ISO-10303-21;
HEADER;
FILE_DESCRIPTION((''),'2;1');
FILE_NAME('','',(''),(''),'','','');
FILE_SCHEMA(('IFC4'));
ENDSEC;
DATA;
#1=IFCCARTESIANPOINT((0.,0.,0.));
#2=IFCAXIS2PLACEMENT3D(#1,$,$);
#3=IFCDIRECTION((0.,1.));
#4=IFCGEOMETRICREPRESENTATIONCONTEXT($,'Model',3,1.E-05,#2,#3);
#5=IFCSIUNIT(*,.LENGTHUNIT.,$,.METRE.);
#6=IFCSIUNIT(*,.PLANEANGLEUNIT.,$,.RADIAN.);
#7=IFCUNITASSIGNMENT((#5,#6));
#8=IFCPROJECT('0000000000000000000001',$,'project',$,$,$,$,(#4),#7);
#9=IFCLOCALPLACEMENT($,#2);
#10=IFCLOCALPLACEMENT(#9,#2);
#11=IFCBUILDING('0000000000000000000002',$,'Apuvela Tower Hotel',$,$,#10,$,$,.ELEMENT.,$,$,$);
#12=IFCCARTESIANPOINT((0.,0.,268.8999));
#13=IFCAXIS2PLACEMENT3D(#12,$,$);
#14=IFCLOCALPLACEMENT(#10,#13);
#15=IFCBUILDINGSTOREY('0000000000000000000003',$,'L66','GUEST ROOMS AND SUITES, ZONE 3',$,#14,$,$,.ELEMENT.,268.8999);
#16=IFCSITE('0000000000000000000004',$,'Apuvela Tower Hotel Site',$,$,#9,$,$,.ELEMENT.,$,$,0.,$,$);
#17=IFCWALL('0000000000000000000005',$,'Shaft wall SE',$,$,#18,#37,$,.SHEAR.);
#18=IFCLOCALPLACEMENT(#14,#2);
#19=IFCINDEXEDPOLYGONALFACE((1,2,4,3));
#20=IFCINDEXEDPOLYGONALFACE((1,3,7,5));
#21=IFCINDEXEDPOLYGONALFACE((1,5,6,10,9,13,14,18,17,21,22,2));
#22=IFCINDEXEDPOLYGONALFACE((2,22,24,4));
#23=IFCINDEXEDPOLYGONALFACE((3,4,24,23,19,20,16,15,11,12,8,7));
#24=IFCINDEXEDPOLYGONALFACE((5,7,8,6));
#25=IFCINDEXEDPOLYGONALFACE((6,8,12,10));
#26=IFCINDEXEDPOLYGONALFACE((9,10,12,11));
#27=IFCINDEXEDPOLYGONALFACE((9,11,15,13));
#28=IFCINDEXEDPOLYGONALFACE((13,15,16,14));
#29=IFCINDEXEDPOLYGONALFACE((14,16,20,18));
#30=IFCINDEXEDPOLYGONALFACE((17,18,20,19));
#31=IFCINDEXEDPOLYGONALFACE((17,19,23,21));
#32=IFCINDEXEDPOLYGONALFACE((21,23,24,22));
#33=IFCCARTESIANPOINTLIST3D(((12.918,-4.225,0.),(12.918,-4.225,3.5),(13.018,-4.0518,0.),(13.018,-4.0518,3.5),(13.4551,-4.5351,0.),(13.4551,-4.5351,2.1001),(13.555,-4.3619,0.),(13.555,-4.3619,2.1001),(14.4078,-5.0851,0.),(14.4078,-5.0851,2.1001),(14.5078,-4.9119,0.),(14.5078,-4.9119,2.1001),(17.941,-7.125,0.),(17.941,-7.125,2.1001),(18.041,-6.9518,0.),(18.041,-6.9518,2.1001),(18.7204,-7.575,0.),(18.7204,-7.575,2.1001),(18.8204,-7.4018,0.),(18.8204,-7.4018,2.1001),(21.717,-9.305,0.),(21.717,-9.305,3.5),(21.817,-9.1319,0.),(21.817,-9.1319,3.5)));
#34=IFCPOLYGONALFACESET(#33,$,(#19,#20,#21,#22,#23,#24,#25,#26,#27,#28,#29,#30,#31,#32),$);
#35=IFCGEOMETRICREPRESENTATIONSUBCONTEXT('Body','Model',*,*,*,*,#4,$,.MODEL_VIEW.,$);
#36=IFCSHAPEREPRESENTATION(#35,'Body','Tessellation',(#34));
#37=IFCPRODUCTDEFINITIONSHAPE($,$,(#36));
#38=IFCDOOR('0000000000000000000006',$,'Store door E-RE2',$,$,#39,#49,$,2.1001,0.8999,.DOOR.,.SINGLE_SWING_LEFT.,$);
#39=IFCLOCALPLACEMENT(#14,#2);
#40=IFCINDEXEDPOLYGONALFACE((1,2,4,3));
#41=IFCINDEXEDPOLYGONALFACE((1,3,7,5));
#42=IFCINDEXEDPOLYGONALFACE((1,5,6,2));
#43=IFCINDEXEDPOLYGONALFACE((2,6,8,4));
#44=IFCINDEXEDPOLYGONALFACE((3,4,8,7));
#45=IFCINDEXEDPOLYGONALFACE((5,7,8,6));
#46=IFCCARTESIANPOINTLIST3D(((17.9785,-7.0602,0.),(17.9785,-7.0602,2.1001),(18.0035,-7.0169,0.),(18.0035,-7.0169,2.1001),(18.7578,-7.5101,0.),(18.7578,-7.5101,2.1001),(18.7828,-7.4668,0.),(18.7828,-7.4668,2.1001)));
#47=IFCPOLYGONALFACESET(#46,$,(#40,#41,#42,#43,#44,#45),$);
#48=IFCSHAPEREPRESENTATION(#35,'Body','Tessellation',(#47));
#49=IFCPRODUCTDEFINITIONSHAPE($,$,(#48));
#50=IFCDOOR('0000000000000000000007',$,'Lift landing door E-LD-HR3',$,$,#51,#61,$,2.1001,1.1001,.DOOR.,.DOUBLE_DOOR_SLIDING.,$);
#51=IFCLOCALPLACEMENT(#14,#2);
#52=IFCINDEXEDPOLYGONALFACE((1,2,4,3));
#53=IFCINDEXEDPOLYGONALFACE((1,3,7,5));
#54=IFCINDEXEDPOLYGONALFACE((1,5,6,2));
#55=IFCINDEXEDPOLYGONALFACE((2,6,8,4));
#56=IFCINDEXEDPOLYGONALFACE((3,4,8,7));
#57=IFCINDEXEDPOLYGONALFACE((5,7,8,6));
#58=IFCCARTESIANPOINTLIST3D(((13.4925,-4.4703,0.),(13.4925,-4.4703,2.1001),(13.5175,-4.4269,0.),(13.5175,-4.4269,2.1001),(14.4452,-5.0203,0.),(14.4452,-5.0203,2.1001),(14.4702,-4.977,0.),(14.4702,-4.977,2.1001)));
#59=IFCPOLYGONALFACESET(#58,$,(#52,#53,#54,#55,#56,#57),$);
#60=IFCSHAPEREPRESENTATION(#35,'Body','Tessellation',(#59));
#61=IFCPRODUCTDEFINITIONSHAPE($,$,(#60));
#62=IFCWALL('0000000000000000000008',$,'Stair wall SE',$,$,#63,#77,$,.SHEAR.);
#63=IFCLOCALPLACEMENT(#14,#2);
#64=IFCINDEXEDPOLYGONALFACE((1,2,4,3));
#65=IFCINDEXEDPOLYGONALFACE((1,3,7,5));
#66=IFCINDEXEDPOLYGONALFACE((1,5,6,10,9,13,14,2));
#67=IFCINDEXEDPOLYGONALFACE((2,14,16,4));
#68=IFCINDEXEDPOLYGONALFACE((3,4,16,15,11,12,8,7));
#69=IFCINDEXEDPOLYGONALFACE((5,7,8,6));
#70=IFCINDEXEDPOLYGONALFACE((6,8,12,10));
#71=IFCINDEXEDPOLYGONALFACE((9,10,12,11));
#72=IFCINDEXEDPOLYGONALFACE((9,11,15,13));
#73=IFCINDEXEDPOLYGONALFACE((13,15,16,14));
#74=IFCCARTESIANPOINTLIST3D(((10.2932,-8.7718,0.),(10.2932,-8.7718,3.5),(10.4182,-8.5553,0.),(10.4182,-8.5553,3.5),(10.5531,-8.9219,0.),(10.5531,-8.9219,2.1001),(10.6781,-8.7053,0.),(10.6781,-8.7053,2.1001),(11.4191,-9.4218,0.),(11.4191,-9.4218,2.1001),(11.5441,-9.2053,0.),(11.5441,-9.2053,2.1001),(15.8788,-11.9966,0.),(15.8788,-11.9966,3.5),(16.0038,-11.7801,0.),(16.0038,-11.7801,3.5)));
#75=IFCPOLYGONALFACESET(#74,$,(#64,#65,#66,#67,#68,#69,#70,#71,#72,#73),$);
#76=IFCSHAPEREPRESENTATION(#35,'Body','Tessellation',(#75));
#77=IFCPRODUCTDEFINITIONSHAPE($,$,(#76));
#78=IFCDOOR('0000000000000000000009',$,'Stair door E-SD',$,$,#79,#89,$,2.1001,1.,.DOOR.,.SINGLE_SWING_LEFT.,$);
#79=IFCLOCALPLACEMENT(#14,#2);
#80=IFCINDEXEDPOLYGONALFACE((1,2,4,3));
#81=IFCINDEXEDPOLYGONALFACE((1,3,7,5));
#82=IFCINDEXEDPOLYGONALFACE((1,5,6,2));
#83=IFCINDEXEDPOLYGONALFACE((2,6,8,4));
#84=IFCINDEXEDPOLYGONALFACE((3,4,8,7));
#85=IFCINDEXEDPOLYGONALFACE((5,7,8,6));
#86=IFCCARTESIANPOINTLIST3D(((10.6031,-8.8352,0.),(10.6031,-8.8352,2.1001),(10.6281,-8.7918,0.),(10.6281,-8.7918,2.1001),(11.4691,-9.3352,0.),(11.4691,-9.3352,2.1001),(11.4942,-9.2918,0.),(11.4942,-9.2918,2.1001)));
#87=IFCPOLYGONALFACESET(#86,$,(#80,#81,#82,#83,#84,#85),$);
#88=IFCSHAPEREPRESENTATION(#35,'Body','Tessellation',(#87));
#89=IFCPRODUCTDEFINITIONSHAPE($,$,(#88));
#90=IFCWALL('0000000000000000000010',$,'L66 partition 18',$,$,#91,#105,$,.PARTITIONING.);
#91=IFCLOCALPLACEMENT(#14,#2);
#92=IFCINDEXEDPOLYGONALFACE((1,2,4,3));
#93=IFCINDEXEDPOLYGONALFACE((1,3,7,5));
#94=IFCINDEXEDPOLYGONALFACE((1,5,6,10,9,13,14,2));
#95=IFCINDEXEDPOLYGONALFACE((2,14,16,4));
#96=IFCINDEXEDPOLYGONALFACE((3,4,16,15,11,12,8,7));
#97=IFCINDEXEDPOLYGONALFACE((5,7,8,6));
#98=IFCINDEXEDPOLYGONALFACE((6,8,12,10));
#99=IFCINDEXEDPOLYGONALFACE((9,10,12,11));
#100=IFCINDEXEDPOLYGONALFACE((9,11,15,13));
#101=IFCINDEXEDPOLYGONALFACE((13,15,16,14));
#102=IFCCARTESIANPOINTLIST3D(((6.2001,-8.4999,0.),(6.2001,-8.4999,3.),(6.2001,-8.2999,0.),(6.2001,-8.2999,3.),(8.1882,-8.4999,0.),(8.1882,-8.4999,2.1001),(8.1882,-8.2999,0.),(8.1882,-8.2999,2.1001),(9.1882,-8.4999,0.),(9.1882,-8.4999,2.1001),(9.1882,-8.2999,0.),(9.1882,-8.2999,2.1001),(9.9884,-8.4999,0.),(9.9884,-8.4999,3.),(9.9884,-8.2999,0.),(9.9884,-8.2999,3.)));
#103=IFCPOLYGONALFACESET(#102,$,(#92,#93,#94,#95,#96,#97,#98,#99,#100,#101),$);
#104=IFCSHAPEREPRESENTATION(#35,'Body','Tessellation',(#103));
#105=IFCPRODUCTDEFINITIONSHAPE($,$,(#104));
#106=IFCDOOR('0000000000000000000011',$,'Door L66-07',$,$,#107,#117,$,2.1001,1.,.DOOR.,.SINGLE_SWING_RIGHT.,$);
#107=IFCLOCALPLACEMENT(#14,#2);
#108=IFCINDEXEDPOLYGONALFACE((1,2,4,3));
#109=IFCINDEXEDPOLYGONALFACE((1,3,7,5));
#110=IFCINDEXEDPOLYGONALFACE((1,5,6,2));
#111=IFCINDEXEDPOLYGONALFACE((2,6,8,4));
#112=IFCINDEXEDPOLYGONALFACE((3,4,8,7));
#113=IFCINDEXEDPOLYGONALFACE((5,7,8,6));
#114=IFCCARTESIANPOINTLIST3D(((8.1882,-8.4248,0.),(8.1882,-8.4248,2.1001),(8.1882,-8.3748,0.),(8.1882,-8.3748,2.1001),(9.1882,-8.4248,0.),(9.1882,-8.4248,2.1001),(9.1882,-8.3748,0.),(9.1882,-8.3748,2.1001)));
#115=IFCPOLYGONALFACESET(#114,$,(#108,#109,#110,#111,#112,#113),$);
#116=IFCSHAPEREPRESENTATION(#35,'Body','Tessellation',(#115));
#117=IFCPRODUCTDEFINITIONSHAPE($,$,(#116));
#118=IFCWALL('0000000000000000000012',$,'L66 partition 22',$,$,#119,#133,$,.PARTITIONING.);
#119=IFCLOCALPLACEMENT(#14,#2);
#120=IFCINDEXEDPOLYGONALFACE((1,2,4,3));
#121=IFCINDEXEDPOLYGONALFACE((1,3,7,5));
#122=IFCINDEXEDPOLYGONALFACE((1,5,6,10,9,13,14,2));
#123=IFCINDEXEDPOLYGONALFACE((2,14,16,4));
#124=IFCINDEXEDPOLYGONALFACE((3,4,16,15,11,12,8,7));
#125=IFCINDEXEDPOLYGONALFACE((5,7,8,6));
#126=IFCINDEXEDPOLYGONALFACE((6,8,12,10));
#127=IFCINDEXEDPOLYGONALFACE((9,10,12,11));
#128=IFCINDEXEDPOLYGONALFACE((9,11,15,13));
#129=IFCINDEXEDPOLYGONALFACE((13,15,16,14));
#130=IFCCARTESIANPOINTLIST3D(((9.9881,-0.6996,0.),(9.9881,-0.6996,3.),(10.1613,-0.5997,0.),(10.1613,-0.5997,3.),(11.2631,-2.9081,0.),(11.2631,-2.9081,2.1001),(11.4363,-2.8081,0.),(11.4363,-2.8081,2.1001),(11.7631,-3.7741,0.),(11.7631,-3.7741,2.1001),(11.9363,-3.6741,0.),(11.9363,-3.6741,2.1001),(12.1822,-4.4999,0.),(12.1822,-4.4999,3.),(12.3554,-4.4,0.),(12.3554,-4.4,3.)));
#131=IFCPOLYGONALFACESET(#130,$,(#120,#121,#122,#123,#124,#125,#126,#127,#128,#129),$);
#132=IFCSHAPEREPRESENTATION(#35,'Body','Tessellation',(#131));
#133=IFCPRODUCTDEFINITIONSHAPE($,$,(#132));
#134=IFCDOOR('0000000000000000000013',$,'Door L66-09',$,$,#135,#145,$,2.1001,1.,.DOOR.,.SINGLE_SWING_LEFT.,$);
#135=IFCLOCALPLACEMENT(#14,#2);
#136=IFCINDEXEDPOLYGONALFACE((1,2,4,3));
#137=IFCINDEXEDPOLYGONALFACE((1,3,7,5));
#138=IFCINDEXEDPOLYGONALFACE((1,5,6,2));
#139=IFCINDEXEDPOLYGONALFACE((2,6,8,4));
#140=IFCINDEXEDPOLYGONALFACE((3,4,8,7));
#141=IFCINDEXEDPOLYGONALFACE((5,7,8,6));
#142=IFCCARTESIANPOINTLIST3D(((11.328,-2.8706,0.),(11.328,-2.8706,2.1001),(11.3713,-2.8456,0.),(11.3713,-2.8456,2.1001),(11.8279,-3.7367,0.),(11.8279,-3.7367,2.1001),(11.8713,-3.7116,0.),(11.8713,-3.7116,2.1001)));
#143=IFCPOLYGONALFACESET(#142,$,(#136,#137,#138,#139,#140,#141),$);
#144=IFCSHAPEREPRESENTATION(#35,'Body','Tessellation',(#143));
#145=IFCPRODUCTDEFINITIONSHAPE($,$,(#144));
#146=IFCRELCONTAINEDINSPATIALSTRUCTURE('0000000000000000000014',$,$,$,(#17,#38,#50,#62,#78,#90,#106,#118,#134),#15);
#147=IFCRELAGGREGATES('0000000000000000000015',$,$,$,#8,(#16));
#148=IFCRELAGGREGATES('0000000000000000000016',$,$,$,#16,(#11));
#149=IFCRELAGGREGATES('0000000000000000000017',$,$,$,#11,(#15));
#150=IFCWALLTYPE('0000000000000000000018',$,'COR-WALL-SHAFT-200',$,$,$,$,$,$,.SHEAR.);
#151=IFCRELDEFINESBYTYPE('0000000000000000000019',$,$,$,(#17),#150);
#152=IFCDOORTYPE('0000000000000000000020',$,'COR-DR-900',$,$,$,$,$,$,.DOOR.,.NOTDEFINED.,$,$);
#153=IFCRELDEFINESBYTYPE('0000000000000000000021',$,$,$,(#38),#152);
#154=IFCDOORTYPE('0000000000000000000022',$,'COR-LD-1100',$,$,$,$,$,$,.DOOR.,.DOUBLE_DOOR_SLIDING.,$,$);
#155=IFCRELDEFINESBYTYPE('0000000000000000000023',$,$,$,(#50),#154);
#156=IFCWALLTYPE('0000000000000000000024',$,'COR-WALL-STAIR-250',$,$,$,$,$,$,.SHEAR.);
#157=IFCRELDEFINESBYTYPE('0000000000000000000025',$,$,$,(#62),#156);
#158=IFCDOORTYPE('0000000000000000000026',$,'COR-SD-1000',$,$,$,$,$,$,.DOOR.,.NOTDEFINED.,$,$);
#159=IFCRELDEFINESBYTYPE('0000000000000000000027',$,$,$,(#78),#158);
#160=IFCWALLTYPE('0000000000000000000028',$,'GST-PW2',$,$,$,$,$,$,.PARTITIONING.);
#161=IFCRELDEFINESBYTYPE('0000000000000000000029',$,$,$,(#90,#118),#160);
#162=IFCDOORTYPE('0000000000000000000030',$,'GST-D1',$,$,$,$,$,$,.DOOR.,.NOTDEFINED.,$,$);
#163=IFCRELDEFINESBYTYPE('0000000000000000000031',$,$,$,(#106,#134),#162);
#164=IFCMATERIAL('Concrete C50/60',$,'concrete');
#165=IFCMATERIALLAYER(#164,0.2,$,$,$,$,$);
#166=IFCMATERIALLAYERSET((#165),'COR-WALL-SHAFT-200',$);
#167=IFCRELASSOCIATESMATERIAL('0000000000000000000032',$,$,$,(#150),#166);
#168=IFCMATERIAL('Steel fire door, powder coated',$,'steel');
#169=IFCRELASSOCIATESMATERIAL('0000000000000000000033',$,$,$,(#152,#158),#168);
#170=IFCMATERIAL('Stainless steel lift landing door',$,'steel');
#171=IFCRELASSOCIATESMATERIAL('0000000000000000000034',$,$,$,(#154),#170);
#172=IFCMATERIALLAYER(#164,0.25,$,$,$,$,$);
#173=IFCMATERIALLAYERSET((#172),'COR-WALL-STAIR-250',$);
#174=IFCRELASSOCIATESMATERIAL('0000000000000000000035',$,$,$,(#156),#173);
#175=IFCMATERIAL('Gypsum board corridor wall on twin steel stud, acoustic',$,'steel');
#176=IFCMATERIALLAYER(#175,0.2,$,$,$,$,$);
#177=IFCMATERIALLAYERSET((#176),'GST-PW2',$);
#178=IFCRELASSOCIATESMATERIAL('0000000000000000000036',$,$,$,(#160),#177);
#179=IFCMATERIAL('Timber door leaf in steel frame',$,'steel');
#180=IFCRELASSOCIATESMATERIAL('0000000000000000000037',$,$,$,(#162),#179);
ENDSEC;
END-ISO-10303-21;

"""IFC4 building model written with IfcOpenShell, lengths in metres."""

from ifc_helpers import new_model, si_unit, direction, frame, frame_2d, origin, place, context, subcontext, project, spatial, rectangle, extrude, material, layer, layer_set, type_object, element, fill, save


model = new_model("IFC4")

# Units and contexts
model_context = context("Model", 3, precision=1e-05, world=origin(), true_north=direction((0.0, 1.0)))
body_context = subcontext(model_context, "Body", "Model", "MODEL_VIEW")
ifc_project = project(units=[si_unit("LENGTHUNIT", "METRE"), si_unit("PLANEANGLEUNIT", "RADIAN")], contexts=[model_context])

# Site, building, storey
site_placement = place(None, origin())
site = spatial("IfcSite", under=ifc_project, at=site_placement, Name="Apuvela Tower Hotel Site", CompositionType="ELEMENT", RefElevation=0.0)
building_placement = place(site_placement, origin())
building = spatial("IfcBuilding", under=site, at=building_placement, Name="Apuvela Tower Hotel", CompositionType="ELEMENT")
storey_placement = place(building_placement, frame((0.0, 0.0, 268.8999)))
storey = spatial("IfcBuildingStorey", under=building, at=storey_placement, Name="L66", Description="GUEST ROOMS AND SUITES, ZONE 3", CompositionType="ELEMENT", Elevation=268.8999)

# Shared definitions
ifc_material_1 = material(Name="Concrete C50/60", Category="concrete")
ifc_material_2 = material(Name="Steel fire door, powder coated", Category="steel")

# Shared definitions
ifc_layer_1 = layer(ifc_material_1, 0.2)
ifc_layer_set_1 = layer_set([ifc_layer_1], Name="COR-WALL-SHAFT-200")
wall_type_1 = type_object("IfcWallType", Name="COR-WALL-SHAFT-200", PredefinedType="SHEAR", material=ifc_layer_set_1)
ifc_material_3 = material(Name="Stainless steel lift landing door", Category="steel")

# Wall, openings, doors
wall_1_placement = place(storey_placement, frame((12.968, -4.1384, 0.0), z_axis=(0.0, 0.0, 1.0), x_axis=(0.866028, -0.499995, 0.0)))
wall_1 = element("IfcWall", 1, at=wall_1_placement, inside=storey, type_object=wall_type_1, Name="Shaft wall SE", PredefinedType="SHEAR", context=body_context, shape_type="SweptSolid", body=[
    extrude(rectangle(XDim=10.1602, YDim=0.2, at=frame_2d((5.0801, 0.0))), origin(), (0.0, 0.0, 1.0), 3.5),
])
opening_1_placement = place(wall_1_placement, frame((0.6201, 0.0, 0.0)))
opening_1 = element("IfcOpeningElement", 2, at=opening_1_placement, cuts=wall_1, PredefinedType="OPENING", context=body_context, shape_type="SweptSolid", body=[
    extrude(rectangle(XDim=1.1001, YDim=2.1001, at=frame_2d((0.55, 1.05))), frame((0.0, 0.1099, 0.0), z_axis=(0.0, -1.0, 0.0), x_axis=(1.0, 0.0, 0.0)), (0.0, 0.0, 1.0), 0.22),
])
opening_2_placement = place(wall_1_placement, frame((5.8, 0.0, 0.0)))
opening_2 = element("IfcOpeningElement", 3, at=opening_2_placement, cuts=wall_1, PredefinedType="OPENING", context=body_context, shape_type="SweptSolid", body=[
    extrude(rectangle(XDim=0.8999, YDim=2.1001, at=frame_2d((0.45, 1.05))), frame((0.0, 0.1099, 0.0), z_axis=(0.0, -1.0, 0.0), x_axis=(1.0, 0.0, 0.0)), (0.0, 0.0, 1.0), 0.22),
])
door_type_1 = type_object("IfcDoorType", Name="COR-DR-900", OperationType="NOTDEFINED", PredefinedType="DOOR", material=ifc_material_2)
door_1_placement = place(opening_2_placement, origin())
door_1 = element("IfcDoor", 4, at=door_1_placement, inside=storey, type_object=door_type_1, Name="Store door E-RE2", OperationType="SINGLE_SWING_LEFT", OverallHeight=2.1001, OverallWidth=0.8999, PredefinedType="DOOR", context=body_context, shape_type="SweptSolid", body=[
    extrude(rectangle(XDim=0.8999, YDim=2.1001, at=frame_2d((0.45, 1.05))), frame((0.0, 0.0249, 0.0), z_axis=(0.0, -1.0, 0.0), x_axis=(1.0, 0.0, 0.0)), (0.0, 0.0, 1.0), 0.05),
])
fill(opening_2, door_1)
door_type_2 = type_object("IfcDoorType", Name="COR-LD-1100", OperationType="DOUBLE_DOOR_SLIDING", PredefinedType="DOOR", material=ifc_material_3)
door_2_placement = place(opening_1_placement, origin())
door_2 = element("IfcDoor", 5, at=door_2_placement, inside=storey, type_object=door_type_2, Name="Lift landing door E-LD-HR3", OperationType="DOUBLE_DOOR_SLIDING", OverallHeight=2.1001, OverallWidth=1.1001, PredefinedType="DOOR", context=body_context, shape_type="SweptSolid", body=[
    extrude(rectangle(XDim=1.1001, YDim=2.1001, at=frame_2d((0.55, 1.05))), frame((0.0, 0.0249, 0.0), z_axis=(0.0, -1.0, 0.0), x_axis=(1.0, 0.0, 0.0)), (0.0, 0.0, 1.0), 0.05),
])
fill(opening_1, door_2)

# Walls, openings, doors
ifc_layer_2 = layer(ifc_material_1, 0.25)
ifc_layer_set_2 = layer_set([ifc_layer_2], Name="COR-WALL-STAIR-250")
wall_type_2 = type_object("IfcWallType", Name="COR-WALL-STAIR-250", PredefinedType="SHEAR", material=ifc_layer_set_2)
wall_2_placement = place(storey_placement, frame((10.3557, -8.6636, 0.0), z_axis=(0.0, 0.0, 1.0), x_axis=(0.866029, -0.499994, 0.0)))
wall_2 = element("IfcWall", 6, at=wall_2_placement, inside=storey, type_object=wall_type_2, Name="Stair wall SE", PredefinedType="SHEAR", context=body_context, shape_type="SweptSolid", body=[
    extrude(rectangle(XDim=6.4497, YDim=0.25, at=frame_2d((3.2249, 0.0))), origin(), (0.0, 0.0, 1.0), 3.5),
])
opening_3_placement = place(wall_2_placement, frame((0.3, 0.0, 0.0)))
opening_3 = element("IfcOpeningElement", 7, at=opening_3_placement, cuts=wall_2, PredefinedType="OPENING", context=body_context, shape_type="SweptSolid", body=[
    extrude(rectangle(XDim=1.0, YDim=2.1001, at=frame_2d((0.5, 1.05))), frame((0.0, 0.135, 0.0), z_axis=(0.0, -1.0, 0.0), x_axis=(1.0, 0.0, 0.0)), (0.0, 0.0, 1.0), 0.27),
])
door_type_3 = type_object("IfcDoorType", Name="COR-SD-1000", OperationType="NOTDEFINED", PredefinedType="DOOR", material=ifc_material_2)
door_3_placement = place(opening_3_placement, frame((1.0, 0.0, 0.0), z_axis=(0.0, 0.0, 1.0), x_axis=(-1.0, 0.0, 0.0)))
door_3 = element("IfcDoor", 8, at=door_3_placement, inside=storey, type_object=door_type_3, Name="Stair door E-SD", OperationType="SINGLE_SWING_LEFT", OverallHeight=2.1001, OverallWidth=1.0, PredefinedType="DOOR", context=body_context, shape_type="SweptSolid", body=[
    extrude(rectangle(XDim=1.0, YDim=2.1001, at=frame_2d((0.5, 1.05))), frame((0.0, 0.0249, 0.0), z_axis=(0.0, -1.0, 0.0), x_axis=(1.0, 0.0, 0.0)), (0.0, 0.0, 1.0), 0.05),
])
fill(opening_3, door_3)
ifc_material_4 = material(Name="Gypsum board corridor wall on twin steel stud, acoustic", Category="steel")
ifc_layer_3 = layer(ifc_material_4, 0.2)
ifc_layer_set_3 = layer_set([ifc_layer_3], Name="GST-PW2")
wall_type_3 = type_object("IfcWallType", Name="GST-PW2", PredefinedType="PARTITIONING", material=ifc_layer_set_3)
wall_3_placement = place(storey_placement, frame((9.9883, -8.3999, 0.0), z_axis=(0.0, 0.0, 1.0), x_axis=(-1.0, 0.0, 0.0)))
wall_3 = element("IfcWall", 9, at=wall_3_placement, inside=storey, type_object=wall_type_3, Name="L66 partition 18", PredefinedType="PARTITIONING", context=body_context, shape_type="SweptSolid", body=[
    extrude(rectangle(XDim=3.7883, YDim=0.2, at=frame_2d((1.894, 0.0))), origin(), (0.0, 0.0, 1.0), 3.0),
])
opening_4_placement = place(wall_3_placement, frame((0.8, 0.0, 0.0)))
opening_4 = element("IfcOpeningElement", 10, at=opening_4_placement, cuts=wall_3, PredefinedType="OPENING", context=body_context, shape_type="SweptSolid", body=[
    extrude(rectangle(XDim=1.0, YDim=2.1001, at=frame_2d((0.5, 1.05))), frame((0.0, 0.1099, 0.0), z_axis=(0.0, -1.0, 0.0), x_axis=(1.0, 0.0, 0.0)), (0.0, 0.0, 1.0), 0.22),
])
ifc_material_5 = material(Name="Timber door leaf in steel frame", Category="steel")
door_type_4 = type_object("IfcDoorType", Name="GST-D1", OperationType="NOTDEFINED", PredefinedType="DOOR", material=ifc_material_5)
door_4_placement = place(opening_4_placement, origin())
door_4 = element("IfcDoor", 11, at=door_4_placement, inside=storey, type_object=door_type_4, Name="Door L66-07", OperationType="SINGLE_SWING_RIGHT", OverallHeight=2.1001, OverallWidth=1.0, PredefinedType="DOOR", context=body_context, shape_type="SweptSolid", body=[
    extrude(rectangle(XDim=1.0, YDim=2.1001, at=frame_2d((0.5, 1.05))), frame((0.0, 0.0249, 0.0), z_axis=(0.0, -1.0, 0.0), x_axis=(1.0, 0.0, 0.0)), (0.0, 0.0, 1.0), 0.05),
])
fill(opening_4, door_4)
wall_4_placement = place(storey_placement, frame((10.0747, -0.6497, 0.0), z_axis=(0.0, 0.0, 1.0), x_axis=(0.499999, -0.866026, 0.0)))
wall_4 = element("IfcWall", 12, at=wall_4_placement, inside=storey, type_object=wall_type_3, Name="L66 partition 22", PredefinedType="PARTITIONING", context=body_context, shape_type="SweptSolid", body=[
    extrude(rectangle(XDim=4.3882, YDim=0.2, at=frame_2d((2.1941, 0.0))), origin(), (0.0, 0.0, 1.0), 3.0),
])
opening_5_placement = place(wall_4_placement, frame((2.55, 0.0, 0.0)))
opening_5 = element("IfcOpeningElement", 13, at=opening_5_placement, cuts=wall_4, PredefinedType="OPENING", context=body_context, shape_type="SweptSolid", body=[
    extrude(rectangle(XDim=1.0, YDim=2.1001, at=frame_2d((0.5, 1.05))), frame((0.0, 0.1099, 0.0), z_axis=(0.0, -1.0, 0.0), x_axis=(1.0, 0.0, 0.0)), (0.0, 0.0, 1.0), 0.22),
])
door_5_placement = place(opening_5_placement, origin())
door_5 = element("IfcDoor", 14, at=door_5_placement, inside=storey, type_object=door_type_4, Name="Door L66-09", OperationType="SINGLE_SWING_LEFT", OverallHeight=2.1001, OverallWidth=1.0, PredefinedType="DOOR", context=body_context, shape_type="SweptSolid", body=[
    extrude(rectangle(XDim=1.0, YDim=2.1001, at=frame_2d((0.5, 1.05))), frame((0.0, 0.0249, 0.0), z_axis=(0.0, -1.0, 0.0), x_axis=(1.0, 0.0, 0.0)), (0.0, 0.0, 1.0), 0.05),
])
fill(opening_5, door_5)

save(model, "model.ifc")
